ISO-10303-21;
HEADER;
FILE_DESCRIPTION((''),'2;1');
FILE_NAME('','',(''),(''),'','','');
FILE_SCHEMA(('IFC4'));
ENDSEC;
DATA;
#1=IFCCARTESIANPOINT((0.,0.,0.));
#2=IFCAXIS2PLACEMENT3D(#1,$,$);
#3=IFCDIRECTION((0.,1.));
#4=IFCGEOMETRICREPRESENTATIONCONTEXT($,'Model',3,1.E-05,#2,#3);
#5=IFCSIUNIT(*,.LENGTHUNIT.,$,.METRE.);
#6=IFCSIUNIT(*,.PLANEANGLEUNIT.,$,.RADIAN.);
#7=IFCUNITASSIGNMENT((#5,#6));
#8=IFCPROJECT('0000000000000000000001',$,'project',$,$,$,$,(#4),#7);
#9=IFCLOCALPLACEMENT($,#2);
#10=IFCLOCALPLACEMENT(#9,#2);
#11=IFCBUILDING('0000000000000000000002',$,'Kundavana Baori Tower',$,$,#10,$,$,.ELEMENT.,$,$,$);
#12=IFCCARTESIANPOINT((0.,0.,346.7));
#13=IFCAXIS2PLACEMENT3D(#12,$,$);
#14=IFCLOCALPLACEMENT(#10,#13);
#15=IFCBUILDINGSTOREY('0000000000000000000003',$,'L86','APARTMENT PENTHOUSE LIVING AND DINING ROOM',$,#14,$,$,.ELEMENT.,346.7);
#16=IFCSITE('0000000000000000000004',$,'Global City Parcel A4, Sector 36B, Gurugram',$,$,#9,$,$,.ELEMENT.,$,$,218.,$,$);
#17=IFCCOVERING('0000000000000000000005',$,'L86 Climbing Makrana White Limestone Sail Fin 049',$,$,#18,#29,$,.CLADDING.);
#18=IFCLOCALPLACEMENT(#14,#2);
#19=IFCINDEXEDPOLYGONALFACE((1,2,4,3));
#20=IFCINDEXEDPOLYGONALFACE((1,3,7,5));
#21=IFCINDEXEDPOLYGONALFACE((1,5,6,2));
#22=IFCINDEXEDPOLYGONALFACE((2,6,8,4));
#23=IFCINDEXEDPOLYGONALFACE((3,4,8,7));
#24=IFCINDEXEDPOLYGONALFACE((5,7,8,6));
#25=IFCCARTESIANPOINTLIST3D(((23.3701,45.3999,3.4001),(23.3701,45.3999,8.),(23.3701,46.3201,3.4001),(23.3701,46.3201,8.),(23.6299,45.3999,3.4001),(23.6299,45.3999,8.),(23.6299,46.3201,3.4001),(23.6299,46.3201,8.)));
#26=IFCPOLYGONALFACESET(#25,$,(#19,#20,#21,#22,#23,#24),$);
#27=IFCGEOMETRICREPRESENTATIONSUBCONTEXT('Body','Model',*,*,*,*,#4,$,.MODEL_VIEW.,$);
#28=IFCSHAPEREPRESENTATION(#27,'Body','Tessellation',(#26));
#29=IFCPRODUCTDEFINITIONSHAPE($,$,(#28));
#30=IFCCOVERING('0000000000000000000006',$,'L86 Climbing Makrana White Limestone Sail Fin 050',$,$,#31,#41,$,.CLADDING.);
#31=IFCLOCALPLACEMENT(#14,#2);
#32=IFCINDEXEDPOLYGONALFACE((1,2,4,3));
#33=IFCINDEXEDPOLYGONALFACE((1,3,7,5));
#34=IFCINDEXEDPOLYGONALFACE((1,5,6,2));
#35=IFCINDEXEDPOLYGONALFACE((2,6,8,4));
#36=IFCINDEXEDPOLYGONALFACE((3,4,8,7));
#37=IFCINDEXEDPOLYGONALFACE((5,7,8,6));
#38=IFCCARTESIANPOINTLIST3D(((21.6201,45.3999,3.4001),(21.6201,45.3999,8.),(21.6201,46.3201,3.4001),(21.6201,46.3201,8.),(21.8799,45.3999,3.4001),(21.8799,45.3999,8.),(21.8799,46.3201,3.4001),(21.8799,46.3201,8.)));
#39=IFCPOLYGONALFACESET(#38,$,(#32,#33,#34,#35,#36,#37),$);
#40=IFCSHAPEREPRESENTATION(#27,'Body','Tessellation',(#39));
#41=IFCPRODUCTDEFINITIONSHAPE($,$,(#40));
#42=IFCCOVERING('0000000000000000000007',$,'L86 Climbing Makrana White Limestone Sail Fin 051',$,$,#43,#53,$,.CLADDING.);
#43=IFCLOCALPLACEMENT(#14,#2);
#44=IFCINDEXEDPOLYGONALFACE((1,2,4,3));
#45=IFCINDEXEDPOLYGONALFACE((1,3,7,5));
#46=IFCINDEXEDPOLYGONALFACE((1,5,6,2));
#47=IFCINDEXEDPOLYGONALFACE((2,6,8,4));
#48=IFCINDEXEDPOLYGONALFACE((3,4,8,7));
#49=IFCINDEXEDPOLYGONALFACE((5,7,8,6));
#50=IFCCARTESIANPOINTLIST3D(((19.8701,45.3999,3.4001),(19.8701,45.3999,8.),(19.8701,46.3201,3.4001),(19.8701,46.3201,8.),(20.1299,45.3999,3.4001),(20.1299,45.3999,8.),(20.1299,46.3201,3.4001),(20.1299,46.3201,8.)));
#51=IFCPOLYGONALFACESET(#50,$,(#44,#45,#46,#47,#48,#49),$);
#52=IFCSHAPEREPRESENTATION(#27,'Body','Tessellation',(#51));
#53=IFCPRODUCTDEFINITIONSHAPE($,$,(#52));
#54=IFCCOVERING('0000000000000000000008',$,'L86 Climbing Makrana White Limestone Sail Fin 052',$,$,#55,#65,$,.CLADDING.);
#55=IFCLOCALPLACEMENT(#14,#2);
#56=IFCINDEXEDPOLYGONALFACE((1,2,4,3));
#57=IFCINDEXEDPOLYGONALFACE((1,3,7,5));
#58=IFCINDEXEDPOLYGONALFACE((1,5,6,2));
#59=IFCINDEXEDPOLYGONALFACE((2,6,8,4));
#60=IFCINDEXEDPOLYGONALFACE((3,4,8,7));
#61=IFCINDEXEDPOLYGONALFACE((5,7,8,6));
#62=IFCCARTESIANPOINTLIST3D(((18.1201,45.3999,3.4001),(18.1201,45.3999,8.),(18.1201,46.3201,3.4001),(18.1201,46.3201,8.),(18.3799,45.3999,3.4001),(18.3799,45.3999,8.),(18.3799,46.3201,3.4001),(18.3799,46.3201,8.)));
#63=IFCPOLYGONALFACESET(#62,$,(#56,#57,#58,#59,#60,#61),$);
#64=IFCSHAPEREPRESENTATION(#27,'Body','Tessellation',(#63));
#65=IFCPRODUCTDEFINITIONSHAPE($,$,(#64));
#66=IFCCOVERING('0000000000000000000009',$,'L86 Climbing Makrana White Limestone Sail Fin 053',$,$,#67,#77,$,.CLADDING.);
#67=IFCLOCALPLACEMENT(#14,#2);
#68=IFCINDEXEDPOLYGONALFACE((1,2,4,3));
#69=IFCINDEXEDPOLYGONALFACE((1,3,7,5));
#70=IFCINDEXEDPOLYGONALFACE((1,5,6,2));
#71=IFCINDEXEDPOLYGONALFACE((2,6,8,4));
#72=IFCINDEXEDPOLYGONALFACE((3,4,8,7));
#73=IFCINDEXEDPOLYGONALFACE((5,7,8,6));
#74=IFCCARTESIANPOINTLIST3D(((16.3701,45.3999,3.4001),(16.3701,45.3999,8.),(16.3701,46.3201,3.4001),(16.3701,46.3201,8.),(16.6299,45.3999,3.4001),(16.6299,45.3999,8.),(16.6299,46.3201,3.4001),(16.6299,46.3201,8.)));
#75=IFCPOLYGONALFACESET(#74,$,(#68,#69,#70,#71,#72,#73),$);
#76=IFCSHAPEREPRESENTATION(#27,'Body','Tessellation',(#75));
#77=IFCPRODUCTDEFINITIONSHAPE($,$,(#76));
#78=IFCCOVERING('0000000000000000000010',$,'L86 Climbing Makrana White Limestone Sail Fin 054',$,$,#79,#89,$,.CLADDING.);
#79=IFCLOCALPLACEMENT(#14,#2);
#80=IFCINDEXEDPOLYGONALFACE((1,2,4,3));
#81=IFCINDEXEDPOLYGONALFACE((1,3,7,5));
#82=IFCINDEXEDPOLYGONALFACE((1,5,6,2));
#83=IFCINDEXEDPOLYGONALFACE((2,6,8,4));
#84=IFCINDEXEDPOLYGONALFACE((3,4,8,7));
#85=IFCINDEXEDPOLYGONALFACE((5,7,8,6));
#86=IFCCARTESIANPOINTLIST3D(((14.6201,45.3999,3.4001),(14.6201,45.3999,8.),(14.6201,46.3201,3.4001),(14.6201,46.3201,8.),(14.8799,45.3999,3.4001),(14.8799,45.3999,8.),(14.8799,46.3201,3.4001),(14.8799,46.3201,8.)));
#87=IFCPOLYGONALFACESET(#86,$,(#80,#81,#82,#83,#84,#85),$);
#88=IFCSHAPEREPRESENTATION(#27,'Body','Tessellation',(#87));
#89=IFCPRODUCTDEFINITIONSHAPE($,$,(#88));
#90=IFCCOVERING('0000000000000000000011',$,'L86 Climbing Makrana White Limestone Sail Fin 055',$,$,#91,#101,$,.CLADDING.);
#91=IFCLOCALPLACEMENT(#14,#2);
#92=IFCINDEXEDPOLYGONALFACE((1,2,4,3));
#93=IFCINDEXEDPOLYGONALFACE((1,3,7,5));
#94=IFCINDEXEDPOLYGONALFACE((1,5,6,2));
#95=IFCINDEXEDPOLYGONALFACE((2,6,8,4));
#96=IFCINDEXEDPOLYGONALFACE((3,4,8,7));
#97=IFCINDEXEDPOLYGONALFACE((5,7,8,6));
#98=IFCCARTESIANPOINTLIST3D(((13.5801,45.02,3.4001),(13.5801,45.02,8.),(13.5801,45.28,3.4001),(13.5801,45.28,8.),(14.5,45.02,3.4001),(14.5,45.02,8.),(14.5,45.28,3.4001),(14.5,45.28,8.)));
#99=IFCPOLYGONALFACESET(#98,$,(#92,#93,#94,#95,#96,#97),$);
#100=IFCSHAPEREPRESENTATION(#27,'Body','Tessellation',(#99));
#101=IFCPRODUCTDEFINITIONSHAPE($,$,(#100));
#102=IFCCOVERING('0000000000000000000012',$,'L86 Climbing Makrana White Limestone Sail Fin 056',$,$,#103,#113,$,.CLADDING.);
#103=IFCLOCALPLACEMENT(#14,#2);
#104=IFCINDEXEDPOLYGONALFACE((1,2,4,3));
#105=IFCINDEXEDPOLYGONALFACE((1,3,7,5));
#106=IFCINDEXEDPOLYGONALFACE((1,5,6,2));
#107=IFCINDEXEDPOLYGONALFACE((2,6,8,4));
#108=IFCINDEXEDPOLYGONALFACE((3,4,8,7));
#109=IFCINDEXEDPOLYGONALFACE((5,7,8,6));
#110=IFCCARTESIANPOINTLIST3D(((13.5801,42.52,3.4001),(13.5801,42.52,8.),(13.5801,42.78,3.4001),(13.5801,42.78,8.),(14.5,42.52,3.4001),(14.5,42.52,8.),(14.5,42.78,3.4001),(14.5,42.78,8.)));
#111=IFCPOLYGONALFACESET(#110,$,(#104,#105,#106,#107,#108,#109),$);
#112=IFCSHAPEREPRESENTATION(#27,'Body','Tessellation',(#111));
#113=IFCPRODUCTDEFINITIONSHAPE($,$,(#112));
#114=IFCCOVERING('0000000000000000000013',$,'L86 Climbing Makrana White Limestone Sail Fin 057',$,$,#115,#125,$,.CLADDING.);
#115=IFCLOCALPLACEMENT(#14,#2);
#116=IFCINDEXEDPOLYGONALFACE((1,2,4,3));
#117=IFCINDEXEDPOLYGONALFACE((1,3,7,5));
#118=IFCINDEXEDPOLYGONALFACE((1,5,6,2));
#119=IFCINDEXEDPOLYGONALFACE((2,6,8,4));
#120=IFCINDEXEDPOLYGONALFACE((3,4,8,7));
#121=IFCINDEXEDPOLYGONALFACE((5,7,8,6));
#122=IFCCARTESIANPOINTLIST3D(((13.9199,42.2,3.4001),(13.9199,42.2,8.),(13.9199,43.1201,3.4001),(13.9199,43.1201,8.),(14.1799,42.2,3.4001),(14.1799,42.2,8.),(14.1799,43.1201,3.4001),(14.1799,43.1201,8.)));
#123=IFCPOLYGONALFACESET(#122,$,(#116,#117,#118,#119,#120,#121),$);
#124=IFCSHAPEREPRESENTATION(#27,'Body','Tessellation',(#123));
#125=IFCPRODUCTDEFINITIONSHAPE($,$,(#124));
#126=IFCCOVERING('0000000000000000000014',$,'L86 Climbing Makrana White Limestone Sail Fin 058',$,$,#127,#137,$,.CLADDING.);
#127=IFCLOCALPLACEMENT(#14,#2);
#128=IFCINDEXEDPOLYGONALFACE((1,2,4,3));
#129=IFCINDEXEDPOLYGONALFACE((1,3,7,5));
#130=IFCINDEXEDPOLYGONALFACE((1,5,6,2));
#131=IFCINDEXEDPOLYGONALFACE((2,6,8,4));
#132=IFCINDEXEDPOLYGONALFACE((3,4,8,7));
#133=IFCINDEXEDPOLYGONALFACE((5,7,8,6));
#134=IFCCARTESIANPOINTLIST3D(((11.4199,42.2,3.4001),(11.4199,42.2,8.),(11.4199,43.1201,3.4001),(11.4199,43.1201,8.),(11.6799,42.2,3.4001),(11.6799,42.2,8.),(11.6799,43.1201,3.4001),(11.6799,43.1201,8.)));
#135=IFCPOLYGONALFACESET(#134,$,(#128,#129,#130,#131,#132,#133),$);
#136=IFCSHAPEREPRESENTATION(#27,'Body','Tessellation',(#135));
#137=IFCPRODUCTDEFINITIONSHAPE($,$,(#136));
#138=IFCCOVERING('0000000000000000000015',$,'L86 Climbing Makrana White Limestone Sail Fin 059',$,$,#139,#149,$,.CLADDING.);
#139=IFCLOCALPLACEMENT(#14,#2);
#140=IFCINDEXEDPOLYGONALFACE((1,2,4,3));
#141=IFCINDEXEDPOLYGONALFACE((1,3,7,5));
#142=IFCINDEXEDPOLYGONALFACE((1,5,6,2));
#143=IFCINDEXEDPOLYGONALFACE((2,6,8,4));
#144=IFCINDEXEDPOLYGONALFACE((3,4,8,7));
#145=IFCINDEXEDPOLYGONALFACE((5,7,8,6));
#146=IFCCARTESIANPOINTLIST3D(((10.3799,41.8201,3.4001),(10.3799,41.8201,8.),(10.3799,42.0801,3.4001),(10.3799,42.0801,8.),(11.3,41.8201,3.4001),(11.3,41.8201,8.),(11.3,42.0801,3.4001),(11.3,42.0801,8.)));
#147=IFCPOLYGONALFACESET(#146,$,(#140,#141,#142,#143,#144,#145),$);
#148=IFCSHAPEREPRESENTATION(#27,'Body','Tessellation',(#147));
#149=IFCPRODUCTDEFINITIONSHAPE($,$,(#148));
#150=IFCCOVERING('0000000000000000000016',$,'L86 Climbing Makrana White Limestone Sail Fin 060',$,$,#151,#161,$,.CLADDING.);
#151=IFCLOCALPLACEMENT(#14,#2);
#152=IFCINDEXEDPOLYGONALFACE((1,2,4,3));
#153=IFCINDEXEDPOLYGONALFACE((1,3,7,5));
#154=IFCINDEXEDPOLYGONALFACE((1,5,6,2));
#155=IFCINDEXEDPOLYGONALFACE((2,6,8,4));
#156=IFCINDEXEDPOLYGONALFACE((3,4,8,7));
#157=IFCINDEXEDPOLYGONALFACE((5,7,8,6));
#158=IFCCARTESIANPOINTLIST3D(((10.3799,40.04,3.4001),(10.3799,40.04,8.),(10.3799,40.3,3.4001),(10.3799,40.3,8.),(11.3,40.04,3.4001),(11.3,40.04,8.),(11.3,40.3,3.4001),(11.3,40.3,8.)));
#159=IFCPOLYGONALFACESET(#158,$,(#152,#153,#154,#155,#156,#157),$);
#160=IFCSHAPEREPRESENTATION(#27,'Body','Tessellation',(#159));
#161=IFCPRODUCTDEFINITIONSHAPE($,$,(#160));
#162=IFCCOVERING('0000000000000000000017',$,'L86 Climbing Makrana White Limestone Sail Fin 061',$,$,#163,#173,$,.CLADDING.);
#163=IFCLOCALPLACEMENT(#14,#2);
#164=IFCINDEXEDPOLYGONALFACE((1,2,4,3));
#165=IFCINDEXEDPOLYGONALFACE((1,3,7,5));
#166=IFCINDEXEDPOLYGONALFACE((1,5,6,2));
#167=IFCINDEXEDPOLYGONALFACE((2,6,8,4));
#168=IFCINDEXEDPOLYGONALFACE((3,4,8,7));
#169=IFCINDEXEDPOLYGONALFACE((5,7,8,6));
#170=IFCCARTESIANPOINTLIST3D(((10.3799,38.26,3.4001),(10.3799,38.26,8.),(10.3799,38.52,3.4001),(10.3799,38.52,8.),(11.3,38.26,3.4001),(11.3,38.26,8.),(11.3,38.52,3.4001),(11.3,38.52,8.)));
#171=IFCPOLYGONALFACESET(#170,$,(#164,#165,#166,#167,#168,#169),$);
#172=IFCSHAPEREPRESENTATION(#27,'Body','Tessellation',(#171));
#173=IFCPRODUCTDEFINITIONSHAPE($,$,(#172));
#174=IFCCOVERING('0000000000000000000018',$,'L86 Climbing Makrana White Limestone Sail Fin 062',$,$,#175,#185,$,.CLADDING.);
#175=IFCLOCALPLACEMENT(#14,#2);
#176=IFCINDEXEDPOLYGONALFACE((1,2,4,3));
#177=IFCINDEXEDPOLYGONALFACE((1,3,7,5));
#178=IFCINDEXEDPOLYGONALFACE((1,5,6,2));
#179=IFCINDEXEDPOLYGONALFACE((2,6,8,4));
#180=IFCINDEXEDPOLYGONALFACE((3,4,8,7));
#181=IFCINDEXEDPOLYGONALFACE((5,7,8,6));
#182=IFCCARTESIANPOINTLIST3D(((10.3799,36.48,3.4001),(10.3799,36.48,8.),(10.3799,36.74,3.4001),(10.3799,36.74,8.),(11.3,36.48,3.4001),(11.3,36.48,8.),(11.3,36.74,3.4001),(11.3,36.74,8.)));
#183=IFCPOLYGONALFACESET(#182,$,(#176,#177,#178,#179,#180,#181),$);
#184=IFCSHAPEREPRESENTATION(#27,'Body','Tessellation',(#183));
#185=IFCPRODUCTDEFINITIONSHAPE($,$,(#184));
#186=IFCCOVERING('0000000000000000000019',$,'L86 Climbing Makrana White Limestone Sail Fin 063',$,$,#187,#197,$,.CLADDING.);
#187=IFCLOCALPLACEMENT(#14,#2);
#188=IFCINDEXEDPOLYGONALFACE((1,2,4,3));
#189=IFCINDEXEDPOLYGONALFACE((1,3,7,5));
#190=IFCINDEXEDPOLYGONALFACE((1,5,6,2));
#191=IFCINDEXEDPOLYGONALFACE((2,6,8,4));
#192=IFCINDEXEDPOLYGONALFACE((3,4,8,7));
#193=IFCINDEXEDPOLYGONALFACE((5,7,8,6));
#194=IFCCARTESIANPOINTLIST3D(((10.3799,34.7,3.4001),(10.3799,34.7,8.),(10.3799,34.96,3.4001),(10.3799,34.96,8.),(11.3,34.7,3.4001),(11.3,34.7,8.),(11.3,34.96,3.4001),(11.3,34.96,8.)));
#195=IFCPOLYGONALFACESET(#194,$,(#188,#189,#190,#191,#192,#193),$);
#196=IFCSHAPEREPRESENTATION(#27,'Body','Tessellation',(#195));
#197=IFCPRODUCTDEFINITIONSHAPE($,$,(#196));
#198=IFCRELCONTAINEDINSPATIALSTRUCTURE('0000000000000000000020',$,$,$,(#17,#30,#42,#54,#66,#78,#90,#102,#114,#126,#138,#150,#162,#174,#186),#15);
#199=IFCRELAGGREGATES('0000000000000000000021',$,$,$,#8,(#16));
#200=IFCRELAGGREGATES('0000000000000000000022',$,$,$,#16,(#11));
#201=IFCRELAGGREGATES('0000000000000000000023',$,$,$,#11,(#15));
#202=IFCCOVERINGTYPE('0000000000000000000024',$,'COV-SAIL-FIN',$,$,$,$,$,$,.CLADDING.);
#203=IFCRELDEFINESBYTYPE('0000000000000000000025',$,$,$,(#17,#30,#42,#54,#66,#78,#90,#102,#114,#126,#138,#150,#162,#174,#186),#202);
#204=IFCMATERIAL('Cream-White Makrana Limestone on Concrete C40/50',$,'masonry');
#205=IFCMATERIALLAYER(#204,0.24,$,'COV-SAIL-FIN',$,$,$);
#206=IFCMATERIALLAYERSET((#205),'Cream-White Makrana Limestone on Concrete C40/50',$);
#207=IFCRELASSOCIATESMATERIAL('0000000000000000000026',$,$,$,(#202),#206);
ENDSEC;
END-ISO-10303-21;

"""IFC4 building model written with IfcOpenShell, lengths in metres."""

from ifc_helpers import new_model, si_unit, direction, frame, origin, place, context, subcontext, project, spatial, polyline, outline, extrude, material, layer, layer_set, type_object, element, save


model = new_model("IFC4")

# Units and contexts
model_context = context("Model", 3, precision=1e-05, world=origin(), true_north=direction((0.0, 1.0)))
body_context = subcontext(model_context, "Body", "Model", "MODEL_VIEW")
ifc_project = project(units=[si_unit("LENGTHUNIT", "METRE"), si_unit("PLANEANGLEUNIT", "RADIAN")], contexts=[model_context])

# Site, building, storey
site_placement = place(None, origin())
site = spatial("IfcSite", under=ifc_project, at=site_placement, Name="Global City Parcel A4, Sector 36B, Gurugram", CompositionType="ELEMENT", RefElevation=218.0)
building_placement = place(site_placement, origin())
building = spatial("IfcBuilding", under=site, at=building_placement, Name="Kundavana Baori Tower", CompositionType="ELEMENT")
storey_placement = place(building_placement, frame((0.0, 0.0, 346.7)))
storey = spatial("IfcBuildingStorey", under=building, at=storey_placement, Name="L86", Description="APARTMENT PENTHOUSE LIVING AND DINING ROOM", CompositionType="ELEMENT", Elevation=346.7)

# Coverings
ifc_material_1 = material(Name="Cream-White Makrana Limestone on Concrete C40/50", Category="masonry")
ifc_layer_1 = layer(ifc_material_1, 0.24, Name="COV-SAIL-FIN")
ifc_layer_set_1 = layer_set([ifc_layer_1], Name="Cream-White Makrana Limestone on Concrete C40/50")
covering_type_1 = type_object("IfcCoveringType", Name="COV-SAIL-FIN", PredefinedType="CLADDING", material=ifc_layer_set_1)
covering_1_placement = place(storey_placement, frame((0.0, 0.0, 3.4001)))
element("IfcCovering", 1, at=covering_1_placement, inside=storey, type_object=covering_type_1, Name="L86 Climbing Makrana White Limestone Sail Fin 049", PredefinedType="CLADDING", context=body_context, shape_type="SweptSolid", body=[
    extrude(outline(polyline([(23.3701, 45.3999), (23.6299, 45.3999), (23.6299, 46.3201), (23.3701, 46.3201), (23.3701, 45.3999)])), origin(), (0.0, 0.0, 1.0), 4.5999),
])
covering_2_placement = place(storey_placement, frame((0.0, 0.0, 3.4001)))
element("IfcCovering", 2, at=covering_2_placement, inside=storey, type_object=covering_type_1, Name="L86 Climbing Makrana White Limestone Sail Fin 050", PredefinedType="CLADDING", context=body_context, shape_type="SweptSolid", body=[
    extrude(outline(polyline([(21.6201, 45.3999), (21.8799, 45.3999), (21.8799, 46.3201), (21.6201, 46.3201), (21.6201, 45.3999)])), origin(), (0.0, 0.0, 1.0), 4.5999),
])
covering_3_placement = place(storey_placement, frame((0.0, 0.0, 3.4001)))
element("IfcCovering", 3, at=covering_3_placement, inside=storey, type_object=covering_type_1, Name="L86 Climbing Makrana White Limestone Sail Fin 051", PredefinedType="CLADDING", context=body_context, shape_type="SweptSolid", body=[
    extrude(outline(polyline([(19.8701, 45.3999), (20.1299, 45.3999), (20.1299, 46.3201), (19.8701, 46.3201), (19.8701, 45.3999)])), origin(), (0.0, 0.0, 1.0), 4.5999),
])
covering_4_placement = place(storey_placement, frame((0.0, 0.0, 3.4001)))
element("IfcCovering", 4, at=covering_4_placement, inside=storey, type_object=covering_type_1, Name="L86 Climbing Makrana White Limestone Sail Fin 052", PredefinedType="CLADDING", context=body_context, shape_type="SweptSolid", body=[
    extrude(outline(polyline([(18.1201, 45.3999), (18.3799, 45.3999), (18.3799, 46.3201), (18.1201, 46.3201), (18.1201, 45.3999)])), origin(), (0.0, 0.0, 1.0), 4.5999),
])
covering_5_placement = place(storey_placement, frame((0.0, 0.0, 3.4001)))
element("IfcCovering", 5, at=covering_5_placement, inside=storey, type_object=covering_type_1, Name="L86 Climbing Makrana White Limestone Sail Fin 053", PredefinedType="CLADDING", context=body_context, shape_type="SweptSolid", body=[
    extrude(outline(polyline([(16.3701, 45.3999), (16.6299, 45.3999), (16.6299, 46.3201), (16.3701, 46.3201), (16.3701, 45.3999)])), origin(), (0.0, 0.0, 1.0), 4.5999),
])
covering_6_placement = place(storey_placement, frame((0.0, 0.0, 3.4001)))
element("IfcCovering", 6, at=covering_6_placement, inside=storey, type_object=covering_type_1, Name="L86 Climbing Makrana White Limestone Sail Fin 054", PredefinedType="CLADDING", context=body_context, shape_type="SweptSolid", body=[
    extrude(outline(polyline([(14.6201, 45.3999), (14.8799, 45.3999), (14.8799, 46.3201), (14.6201, 46.3201), (14.6201, 45.3999)])), origin(), (0.0, 0.0, 1.0), 4.5999),
])
covering_7_placement = place(storey_placement, frame((0.0, 0.0, 3.4001)))
element("IfcCovering", 7, at=covering_7_placement, inside=storey, type_object=covering_type_1, Name="L86 Climbing Makrana White Limestone Sail Fin 055", PredefinedType="CLADDING", context=body_context, shape_type="SweptSolid", body=[
    extrude(outline(polyline([(13.5801, 45.02), (14.5, 45.02), (14.5, 45.28), (13.5801, 45.28), (13.5801, 45.02)])), origin(), (0.0, 0.0, 1.0), 4.5999),
])
covering_8_placement = place(storey_placement, frame((0.0, 0.0, 3.4001)))
element("IfcCovering", 8, at=covering_8_placement, inside=storey, type_object=covering_type_1, Name="L86 Climbing Makrana White Limestone Sail Fin 056", PredefinedType="CLADDING", context=body_context, shape_type="SweptSolid", body=[
    extrude(outline(polyline([(13.5801, 42.52), (14.5, 42.52), (14.5, 42.78), (13.5801, 42.78), (13.5801, 42.52)])), origin(), (0.0, 0.0, 1.0), 4.5999),
])
covering_9_placement = place(storey_placement, frame((0.0, 0.0, 3.4001)))
element("IfcCovering", 9, at=covering_9_placement, inside=storey, type_object=covering_type_1, Name="L86 Climbing Makrana White Limestone Sail Fin 057", PredefinedType="CLADDING", context=body_context, shape_type="SweptSolid", body=[
    extrude(outline(polyline([(13.9199, 42.2), (14.1799, 42.2), (14.1799, 43.1201), (13.9199, 43.1201), (13.9199, 42.2)])), origin(), (0.0, 0.0, 1.0), 4.5999),
])
covering_10_placement = place(storey_placement, frame((0.0, 0.0, 3.4001)))
element("IfcCovering", 10, at=covering_10_placement, inside=storey, type_object=covering_type_1, Name="L86 Climbing Makrana White Limestone Sail Fin 058", PredefinedType="CLADDING", context=body_context, shape_type="SweptSolid", body=[
    extrude(outline(polyline([(11.4199, 42.2), (11.6799, 42.2), (11.6799, 43.1201), (11.4199, 43.1201), (11.4199, 42.2)])), origin(), (0.0, 0.0, 1.0), 4.5999),
])
covering_11_placement = place(storey_placement, frame((0.0, 0.0, 3.4001)))
element("IfcCovering", 11, at=covering_11_placement, inside=storey, type_object=covering_type_1, Name="L86 Climbing Makrana White Limestone Sail Fin 059", PredefinedType="CLADDING", context=body_context, shape_type="SweptSolid", body=[
    extrude(outline(polyline([(10.3799, 41.8201), (11.3, 41.8201), (11.3, 42.0801), (10.3799, 42.0801), (10.3799, 41.8201)])), origin(), (0.0, 0.0, 1.0), 4.5999),
])
covering_12_placement = place(storey_placement, frame((0.0, 0.0, 3.4001)))
element("IfcCovering", 12, at=covering_12_placement, inside=storey, type_object=covering_type_1, Name="L86 Climbing Makrana White Limestone Sail Fin 060", PredefinedType="CLADDING", context=body_context, shape_type="SweptSolid", body=[
    extrude(outline(polyline([(10.3799, 40.04), (11.3, 40.04), (11.3, 40.3), (10.3799, 40.3), (10.3799, 40.04)])), origin(), (0.0, 0.0, 1.0), 4.5999),
])
covering_13_placement = place(storey_placement, frame((0.0, 0.0, 3.4001)))
element("IfcCovering", 13, at=covering_13_placement, inside=storey, type_object=covering_type_1, Name="L86 Climbing Makrana White Limestone Sail Fin 061", PredefinedType="CLADDING", context=body_context, shape_type="SweptSolid", body=[
    extrude(outline(polyline([(10.3799, 38.26), (11.3, 38.26), (11.3, 38.52), (10.3799, 38.52), (10.3799, 38.26)])), origin(), (0.0, 0.0, 1.0), 4.5999),
])
covering_14_placement = place(storey_placement, frame((0.0, 0.0, 3.4001)))
element("IfcCovering", 14, at=covering_14_placement, inside=storey, type_object=covering_type_1, Name="L86 Climbing Makrana White Limestone Sail Fin 062", PredefinedType="CLADDING", context=body_context, shape_type="SweptSolid", body=[
    extrude(outline(polyline([(10.3799, 36.48), (11.3, 36.48), (11.3, 36.74), (10.3799, 36.74), (10.3799, 36.48)])), origin(), (0.0, 0.0, 1.0), 4.5999),
])
covering_15_placement = place(storey_placement, frame((0.0, 0.0, 3.4001)))
element("IfcCovering", 15, at=covering_15_placement, inside=storey, type_object=covering_type_1, Name="L86 Climbing Makrana White Limestone Sail Fin 063", PredefinedType="CLADDING", context=body_context, shape_type="SweptSolid", body=[
    extrude(outline(polyline([(10.3799, 34.7), (11.3, 34.7), (11.3, 34.96), (10.3799, 34.96), (10.3799, 34.7)])), origin(), (0.0, 0.0, 1.0), 4.5999),
])

save(model, "model.ifc")
